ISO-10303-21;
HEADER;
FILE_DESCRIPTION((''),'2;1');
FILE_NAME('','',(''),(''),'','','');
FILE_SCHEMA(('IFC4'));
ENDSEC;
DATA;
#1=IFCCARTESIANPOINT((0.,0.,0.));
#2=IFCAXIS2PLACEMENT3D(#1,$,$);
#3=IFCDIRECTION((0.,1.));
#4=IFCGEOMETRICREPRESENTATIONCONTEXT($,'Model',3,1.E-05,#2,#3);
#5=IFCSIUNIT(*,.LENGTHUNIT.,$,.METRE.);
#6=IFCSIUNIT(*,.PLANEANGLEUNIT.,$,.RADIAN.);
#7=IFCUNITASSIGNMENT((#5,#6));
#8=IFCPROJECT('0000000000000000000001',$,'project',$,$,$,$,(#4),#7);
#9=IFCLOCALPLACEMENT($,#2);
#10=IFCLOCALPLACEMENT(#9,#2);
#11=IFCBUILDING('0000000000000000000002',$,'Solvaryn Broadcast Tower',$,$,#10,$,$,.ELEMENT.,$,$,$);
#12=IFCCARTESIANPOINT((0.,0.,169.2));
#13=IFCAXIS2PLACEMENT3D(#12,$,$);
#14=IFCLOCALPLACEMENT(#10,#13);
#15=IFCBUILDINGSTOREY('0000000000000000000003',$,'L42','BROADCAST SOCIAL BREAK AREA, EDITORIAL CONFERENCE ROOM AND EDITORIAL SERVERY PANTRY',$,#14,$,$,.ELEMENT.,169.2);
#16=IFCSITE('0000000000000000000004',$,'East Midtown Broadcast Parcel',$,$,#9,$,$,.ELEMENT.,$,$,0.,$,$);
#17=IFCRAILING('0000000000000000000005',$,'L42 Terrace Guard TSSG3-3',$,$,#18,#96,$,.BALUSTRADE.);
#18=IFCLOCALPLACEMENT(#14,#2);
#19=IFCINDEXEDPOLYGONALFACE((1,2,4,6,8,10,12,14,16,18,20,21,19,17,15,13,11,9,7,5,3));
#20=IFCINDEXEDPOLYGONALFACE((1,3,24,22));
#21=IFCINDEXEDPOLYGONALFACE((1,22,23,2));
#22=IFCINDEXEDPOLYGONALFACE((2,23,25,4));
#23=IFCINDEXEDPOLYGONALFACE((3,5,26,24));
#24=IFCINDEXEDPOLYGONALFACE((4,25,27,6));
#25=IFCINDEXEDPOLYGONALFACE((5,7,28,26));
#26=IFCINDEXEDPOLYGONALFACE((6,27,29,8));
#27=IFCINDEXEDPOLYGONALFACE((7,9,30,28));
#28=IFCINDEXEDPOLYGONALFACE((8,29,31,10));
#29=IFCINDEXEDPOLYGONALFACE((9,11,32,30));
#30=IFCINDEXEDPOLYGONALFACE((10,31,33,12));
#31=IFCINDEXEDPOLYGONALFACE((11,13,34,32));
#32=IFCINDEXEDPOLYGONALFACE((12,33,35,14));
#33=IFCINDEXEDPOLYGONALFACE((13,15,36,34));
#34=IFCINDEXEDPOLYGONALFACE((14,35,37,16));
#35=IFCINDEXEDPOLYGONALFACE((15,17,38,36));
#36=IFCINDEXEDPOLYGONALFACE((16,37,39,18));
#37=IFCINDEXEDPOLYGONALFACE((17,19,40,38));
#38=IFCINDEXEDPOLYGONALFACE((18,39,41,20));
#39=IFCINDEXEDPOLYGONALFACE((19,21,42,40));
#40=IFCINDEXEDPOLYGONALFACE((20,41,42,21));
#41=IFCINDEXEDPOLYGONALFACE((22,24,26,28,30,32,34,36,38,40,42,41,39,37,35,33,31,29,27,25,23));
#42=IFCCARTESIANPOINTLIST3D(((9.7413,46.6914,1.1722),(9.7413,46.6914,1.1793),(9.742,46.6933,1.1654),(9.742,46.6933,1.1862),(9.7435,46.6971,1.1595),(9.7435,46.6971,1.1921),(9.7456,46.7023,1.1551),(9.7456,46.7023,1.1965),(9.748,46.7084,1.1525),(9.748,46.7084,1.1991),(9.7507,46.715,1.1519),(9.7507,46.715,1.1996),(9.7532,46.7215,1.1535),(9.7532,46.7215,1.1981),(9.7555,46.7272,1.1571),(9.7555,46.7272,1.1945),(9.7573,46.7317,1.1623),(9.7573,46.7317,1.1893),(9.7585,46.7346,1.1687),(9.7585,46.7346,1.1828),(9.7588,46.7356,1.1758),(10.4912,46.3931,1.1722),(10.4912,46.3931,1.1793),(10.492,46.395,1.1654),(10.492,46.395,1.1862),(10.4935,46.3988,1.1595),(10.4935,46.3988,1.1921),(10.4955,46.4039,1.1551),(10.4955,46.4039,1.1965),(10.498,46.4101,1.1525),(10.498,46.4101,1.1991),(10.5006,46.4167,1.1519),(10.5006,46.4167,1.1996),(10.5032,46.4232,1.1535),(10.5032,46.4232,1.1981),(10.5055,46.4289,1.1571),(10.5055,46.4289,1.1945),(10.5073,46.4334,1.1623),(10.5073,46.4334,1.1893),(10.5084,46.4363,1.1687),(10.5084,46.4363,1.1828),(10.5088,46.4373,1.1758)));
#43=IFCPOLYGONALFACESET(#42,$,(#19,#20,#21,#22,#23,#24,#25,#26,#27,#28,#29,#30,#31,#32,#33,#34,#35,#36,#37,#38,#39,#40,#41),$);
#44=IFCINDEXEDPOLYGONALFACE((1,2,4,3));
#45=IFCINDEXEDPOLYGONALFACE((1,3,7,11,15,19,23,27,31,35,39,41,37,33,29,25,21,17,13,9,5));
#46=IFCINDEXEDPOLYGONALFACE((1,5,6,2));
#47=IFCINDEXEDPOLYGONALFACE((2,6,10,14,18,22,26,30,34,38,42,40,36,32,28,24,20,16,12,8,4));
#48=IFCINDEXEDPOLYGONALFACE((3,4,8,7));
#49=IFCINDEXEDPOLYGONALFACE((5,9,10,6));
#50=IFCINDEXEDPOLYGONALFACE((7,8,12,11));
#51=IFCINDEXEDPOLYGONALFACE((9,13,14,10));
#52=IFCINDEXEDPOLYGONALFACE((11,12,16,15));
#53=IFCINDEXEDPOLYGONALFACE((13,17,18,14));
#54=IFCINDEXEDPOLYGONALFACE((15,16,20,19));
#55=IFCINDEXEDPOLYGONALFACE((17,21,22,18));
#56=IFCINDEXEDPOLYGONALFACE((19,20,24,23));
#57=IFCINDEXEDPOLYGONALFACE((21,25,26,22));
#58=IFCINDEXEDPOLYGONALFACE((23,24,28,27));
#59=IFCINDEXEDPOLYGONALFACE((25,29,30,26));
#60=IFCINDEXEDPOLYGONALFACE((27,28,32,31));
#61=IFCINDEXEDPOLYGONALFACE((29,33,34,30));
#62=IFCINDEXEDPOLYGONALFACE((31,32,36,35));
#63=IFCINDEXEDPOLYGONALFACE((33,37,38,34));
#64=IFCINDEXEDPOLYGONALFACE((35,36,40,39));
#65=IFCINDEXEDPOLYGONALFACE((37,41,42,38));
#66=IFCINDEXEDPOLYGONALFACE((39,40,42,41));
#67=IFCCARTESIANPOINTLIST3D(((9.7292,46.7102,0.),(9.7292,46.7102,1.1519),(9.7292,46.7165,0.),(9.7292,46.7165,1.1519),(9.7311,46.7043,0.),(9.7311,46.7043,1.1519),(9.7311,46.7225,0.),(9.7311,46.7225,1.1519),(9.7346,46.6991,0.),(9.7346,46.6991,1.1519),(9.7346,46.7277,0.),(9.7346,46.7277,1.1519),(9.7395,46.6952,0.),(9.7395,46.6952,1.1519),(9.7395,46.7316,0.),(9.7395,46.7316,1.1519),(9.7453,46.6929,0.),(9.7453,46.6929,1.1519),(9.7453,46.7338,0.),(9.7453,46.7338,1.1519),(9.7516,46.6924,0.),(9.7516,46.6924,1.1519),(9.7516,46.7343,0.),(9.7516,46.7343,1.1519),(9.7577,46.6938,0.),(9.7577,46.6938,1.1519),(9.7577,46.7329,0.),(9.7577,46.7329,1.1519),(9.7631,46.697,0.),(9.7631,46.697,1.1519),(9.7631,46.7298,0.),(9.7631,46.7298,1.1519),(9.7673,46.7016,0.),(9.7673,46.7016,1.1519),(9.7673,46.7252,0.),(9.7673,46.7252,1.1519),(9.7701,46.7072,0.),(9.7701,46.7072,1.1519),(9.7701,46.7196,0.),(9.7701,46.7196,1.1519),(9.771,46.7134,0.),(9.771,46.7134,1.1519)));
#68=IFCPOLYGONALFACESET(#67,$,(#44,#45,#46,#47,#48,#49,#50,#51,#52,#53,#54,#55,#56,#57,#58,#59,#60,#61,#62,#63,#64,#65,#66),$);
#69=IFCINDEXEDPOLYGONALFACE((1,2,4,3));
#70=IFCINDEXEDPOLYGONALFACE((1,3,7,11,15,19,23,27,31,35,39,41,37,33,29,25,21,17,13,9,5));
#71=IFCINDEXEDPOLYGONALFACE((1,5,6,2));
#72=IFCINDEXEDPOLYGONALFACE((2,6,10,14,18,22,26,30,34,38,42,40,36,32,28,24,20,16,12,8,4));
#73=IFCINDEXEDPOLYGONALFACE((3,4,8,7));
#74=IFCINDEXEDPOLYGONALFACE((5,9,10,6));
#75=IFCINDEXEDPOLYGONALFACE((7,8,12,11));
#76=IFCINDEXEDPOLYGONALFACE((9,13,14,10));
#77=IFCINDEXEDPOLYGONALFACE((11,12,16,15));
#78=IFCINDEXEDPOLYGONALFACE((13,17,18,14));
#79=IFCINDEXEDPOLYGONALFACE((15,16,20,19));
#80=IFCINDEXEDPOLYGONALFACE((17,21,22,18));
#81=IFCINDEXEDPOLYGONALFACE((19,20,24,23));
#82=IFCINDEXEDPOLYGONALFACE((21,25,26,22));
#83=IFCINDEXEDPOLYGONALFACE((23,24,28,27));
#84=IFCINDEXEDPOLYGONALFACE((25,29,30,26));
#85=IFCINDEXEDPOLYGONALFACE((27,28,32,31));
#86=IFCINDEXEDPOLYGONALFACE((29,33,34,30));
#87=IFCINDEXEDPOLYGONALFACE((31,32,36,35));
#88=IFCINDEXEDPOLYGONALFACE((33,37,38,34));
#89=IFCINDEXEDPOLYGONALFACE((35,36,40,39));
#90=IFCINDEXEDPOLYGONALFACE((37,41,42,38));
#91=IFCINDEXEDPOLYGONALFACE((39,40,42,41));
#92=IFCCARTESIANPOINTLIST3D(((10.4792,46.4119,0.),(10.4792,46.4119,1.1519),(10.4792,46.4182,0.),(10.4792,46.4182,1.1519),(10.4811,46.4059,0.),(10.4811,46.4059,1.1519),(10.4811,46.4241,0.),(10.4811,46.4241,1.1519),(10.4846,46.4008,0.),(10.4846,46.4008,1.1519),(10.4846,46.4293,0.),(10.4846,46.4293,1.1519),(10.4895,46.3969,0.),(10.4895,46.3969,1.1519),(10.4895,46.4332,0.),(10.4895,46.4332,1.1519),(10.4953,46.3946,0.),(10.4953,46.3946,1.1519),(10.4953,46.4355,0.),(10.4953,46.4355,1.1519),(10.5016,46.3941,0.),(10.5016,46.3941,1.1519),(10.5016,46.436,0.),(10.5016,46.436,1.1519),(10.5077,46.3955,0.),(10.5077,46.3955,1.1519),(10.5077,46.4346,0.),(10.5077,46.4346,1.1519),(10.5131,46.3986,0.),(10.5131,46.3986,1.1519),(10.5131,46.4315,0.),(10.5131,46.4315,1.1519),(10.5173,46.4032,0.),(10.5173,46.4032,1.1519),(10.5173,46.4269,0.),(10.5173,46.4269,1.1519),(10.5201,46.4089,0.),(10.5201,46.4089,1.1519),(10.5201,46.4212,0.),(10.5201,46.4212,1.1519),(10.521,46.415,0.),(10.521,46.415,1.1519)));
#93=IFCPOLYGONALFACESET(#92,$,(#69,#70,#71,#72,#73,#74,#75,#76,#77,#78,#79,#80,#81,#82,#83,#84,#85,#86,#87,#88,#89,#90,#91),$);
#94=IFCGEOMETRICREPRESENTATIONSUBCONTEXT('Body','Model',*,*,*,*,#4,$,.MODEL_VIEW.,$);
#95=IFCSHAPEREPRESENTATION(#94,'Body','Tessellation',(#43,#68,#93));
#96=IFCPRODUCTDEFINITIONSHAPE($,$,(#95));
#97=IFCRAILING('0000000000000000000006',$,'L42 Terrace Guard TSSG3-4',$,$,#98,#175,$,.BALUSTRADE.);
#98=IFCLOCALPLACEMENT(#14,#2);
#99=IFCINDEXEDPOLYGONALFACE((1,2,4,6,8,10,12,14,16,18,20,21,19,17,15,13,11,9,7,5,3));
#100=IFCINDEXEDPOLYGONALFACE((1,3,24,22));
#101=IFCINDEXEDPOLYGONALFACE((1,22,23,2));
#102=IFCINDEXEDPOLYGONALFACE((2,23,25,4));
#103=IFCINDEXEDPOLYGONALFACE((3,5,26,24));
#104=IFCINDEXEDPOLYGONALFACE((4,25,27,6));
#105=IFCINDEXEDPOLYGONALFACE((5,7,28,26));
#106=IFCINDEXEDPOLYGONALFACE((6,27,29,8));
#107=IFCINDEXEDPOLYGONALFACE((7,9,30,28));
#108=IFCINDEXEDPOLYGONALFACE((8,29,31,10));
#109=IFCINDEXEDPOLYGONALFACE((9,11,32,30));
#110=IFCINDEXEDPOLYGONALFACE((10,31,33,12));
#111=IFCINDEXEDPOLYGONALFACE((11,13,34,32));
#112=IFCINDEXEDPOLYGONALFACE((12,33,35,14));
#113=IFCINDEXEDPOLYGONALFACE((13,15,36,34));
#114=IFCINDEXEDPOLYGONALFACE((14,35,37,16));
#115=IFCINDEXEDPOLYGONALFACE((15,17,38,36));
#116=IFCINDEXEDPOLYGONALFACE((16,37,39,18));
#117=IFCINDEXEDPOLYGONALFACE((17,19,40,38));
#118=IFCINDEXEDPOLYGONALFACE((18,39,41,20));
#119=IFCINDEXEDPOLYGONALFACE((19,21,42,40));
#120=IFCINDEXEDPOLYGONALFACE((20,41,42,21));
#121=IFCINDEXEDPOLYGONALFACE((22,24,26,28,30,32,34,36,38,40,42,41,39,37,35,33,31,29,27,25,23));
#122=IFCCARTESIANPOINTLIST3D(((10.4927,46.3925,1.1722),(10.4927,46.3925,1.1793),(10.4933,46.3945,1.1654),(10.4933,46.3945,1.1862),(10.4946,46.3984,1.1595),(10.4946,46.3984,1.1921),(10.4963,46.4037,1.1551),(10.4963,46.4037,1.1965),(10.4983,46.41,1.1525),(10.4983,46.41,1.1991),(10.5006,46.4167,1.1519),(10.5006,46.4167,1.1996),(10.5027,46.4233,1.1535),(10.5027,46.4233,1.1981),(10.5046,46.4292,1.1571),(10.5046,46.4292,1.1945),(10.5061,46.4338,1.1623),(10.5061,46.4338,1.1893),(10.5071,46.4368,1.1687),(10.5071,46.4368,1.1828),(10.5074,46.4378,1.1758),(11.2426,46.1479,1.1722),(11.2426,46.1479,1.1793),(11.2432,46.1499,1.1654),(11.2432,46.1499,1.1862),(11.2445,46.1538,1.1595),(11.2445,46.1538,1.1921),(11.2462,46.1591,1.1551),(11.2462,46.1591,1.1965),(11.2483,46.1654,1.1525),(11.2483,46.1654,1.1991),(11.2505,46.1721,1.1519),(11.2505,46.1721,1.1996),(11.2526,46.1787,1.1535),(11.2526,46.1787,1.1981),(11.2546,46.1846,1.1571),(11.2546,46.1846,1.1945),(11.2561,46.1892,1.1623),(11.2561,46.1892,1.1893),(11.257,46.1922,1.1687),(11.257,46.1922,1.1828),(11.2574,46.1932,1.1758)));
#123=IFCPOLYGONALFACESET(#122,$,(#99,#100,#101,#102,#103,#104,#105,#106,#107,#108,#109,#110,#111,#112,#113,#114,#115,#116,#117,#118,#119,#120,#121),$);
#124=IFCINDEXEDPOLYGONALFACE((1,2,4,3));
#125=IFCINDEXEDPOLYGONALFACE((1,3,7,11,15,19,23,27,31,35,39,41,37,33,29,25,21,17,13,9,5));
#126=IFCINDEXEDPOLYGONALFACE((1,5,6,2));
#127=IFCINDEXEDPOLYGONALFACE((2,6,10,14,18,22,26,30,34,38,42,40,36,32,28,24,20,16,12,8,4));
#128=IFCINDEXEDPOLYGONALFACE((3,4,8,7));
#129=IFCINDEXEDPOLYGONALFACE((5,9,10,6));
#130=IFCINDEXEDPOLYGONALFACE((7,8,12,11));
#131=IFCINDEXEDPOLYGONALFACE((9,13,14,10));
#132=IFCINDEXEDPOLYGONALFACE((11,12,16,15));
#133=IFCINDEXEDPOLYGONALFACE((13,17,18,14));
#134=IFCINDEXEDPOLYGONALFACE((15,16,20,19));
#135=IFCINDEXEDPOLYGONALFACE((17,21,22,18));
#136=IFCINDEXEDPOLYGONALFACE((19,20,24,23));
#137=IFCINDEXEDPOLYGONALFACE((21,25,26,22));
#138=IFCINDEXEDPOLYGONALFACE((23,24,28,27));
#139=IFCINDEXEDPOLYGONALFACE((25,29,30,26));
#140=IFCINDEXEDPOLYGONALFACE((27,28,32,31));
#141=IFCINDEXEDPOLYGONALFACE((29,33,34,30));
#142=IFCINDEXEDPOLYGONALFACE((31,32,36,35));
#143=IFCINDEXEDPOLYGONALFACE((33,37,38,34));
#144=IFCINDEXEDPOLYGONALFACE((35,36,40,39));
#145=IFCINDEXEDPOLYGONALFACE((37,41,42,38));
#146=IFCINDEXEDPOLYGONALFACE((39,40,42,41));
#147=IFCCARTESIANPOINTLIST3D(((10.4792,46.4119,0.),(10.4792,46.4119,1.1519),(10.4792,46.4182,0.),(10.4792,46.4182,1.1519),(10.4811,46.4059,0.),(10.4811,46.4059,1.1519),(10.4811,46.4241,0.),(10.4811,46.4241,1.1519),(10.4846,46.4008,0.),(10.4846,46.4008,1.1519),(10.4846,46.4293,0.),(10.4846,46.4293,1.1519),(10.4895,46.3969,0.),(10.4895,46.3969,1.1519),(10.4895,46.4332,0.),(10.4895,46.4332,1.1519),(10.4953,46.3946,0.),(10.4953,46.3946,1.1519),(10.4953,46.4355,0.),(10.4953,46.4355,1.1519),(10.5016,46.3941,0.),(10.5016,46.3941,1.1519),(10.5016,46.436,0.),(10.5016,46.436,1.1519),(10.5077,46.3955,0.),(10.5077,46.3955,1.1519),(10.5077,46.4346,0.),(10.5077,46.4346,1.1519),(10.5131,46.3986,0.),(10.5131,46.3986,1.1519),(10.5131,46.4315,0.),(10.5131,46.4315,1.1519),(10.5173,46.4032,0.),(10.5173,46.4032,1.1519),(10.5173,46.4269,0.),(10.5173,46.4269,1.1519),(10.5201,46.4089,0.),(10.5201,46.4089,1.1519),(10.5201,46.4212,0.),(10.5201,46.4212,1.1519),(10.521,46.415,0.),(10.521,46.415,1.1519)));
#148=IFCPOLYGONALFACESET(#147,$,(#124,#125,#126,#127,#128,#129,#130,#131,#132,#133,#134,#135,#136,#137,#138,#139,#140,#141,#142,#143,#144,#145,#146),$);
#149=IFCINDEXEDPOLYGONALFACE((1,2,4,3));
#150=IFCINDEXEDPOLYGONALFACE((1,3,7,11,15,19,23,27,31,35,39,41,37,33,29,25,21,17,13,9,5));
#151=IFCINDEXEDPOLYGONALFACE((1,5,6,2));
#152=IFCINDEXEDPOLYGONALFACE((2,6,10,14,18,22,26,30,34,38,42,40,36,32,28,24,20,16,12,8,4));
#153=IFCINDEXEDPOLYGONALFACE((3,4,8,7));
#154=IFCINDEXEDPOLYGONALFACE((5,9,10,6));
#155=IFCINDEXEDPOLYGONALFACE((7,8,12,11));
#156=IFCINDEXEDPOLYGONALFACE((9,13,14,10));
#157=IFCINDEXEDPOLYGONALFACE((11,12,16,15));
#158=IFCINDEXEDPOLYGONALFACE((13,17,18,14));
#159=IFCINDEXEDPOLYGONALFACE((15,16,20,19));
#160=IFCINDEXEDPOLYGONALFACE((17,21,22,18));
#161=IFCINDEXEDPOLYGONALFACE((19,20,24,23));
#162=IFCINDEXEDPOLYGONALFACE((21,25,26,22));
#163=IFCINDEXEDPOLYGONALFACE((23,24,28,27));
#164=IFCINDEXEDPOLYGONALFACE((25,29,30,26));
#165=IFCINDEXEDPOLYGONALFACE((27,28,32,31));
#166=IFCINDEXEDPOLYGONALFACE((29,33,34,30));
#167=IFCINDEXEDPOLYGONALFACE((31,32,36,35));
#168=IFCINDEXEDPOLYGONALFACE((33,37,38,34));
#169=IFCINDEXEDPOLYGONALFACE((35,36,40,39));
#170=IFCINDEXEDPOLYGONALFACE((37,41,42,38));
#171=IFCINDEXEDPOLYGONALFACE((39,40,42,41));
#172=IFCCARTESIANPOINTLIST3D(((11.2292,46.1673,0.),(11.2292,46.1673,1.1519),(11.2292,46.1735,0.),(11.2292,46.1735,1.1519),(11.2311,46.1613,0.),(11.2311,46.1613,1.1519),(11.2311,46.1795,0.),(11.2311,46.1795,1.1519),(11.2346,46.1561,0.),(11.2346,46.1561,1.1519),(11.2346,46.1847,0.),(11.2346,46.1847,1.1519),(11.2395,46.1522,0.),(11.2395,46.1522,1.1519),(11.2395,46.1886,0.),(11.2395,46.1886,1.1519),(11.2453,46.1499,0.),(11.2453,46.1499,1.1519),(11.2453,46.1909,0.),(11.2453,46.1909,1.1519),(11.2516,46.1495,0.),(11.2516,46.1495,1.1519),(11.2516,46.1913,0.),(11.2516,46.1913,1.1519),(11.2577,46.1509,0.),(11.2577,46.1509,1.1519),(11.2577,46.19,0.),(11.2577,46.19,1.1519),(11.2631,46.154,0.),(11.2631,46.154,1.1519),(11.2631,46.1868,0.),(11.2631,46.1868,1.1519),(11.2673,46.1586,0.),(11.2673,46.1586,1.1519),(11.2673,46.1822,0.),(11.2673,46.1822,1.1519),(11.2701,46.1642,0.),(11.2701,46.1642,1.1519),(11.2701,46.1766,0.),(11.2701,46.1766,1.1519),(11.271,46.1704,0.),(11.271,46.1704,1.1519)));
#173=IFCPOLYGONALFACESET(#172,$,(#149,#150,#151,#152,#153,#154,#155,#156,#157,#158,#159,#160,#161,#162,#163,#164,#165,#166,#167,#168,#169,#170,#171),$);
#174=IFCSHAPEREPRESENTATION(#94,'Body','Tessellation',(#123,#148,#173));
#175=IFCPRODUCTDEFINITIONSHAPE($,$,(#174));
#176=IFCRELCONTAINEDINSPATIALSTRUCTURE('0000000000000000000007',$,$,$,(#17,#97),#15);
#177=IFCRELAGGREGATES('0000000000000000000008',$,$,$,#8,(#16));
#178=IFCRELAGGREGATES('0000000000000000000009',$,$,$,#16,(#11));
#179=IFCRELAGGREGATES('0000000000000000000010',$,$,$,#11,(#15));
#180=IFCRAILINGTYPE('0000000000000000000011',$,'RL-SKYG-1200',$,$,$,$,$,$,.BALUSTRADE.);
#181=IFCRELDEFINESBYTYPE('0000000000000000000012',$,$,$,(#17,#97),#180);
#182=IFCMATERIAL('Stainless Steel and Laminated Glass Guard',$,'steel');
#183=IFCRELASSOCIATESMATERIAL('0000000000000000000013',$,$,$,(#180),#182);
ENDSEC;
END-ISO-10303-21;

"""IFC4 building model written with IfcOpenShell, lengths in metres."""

from ifc_helpers import new_model, si_unit, direction, frame, origin, origin_2d, place, context, subcontext, project, spatial, circle, extrude, material, type_object, element, save


model = new_model("IFC4")

# Units and contexts
model_context = context("Model", 3, precision=1e-05, world=origin(), true_north=direction((0.0, 1.0)))
body_context = subcontext(model_context, "Body", "Model", "MODEL_VIEW")
ifc_project = project(units=[si_unit("LENGTHUNIT", "METRE"), si_unit("PLANEANGLEUNIT", "RADIAN")], contexts=[model_context])

# Site, building, storey
site_placement = place(None, origin())
site = spatial("IfcSite", under=ifc_project, at=site_placement, Name="East Midtown Broadcast Parcel", CompositionType="ELEMENT", RefElevation=0.0)
building_placement = place(site_placement, origin())
building = spatial("IfcBuilding", under=site, at=building_placement, Name="Solvaryn Broadcast Tower", CompositionType="ELEMENT")
storey_placement = place(building_placement, frame((0.0, 0.0, 169.2)))
storey = spatial("IfcBuildingStorey", under=building, at=storey_placement, Name="L42", Description="BROADCAST SOCIAL BREAK AREA, EDITORIAL CONFERENCE ROOM AND EDITORIAL SERVERY PANTRY", CompositionType="ELEMENT", Elevation=169.2)

# Railings
ifc_material_1 = material(Name="Stainless Steel and Laminated Glass Guard", Category="steel")
railing_type = type_object("IfcRailingType", Name="RL-SKYG-1200", PredefinedType="BALUSTRADE", material=ifc_material_1)
railing_1_placement = place(storey_placement, frame((9.75, 46.7134, 0.0)))
element("IfcRailing", 1, at=railing_1_placement, inside=storey, type_object=railing_type, Name="L42 Terrace Guard TSSG3-3", PredefinedType="BALUSTRADE", context=body_context, shape_type="SweptSolid", body=[
    extrude(circle(Radius=0.0239, at=origin_2d()), frame((0.0, 0.0, 1.1758), z_axis=(0.929184, -0.369617, 0.0), x_axis=(0.369617, 0.929184, 0.0)), (0.0, 0.0, 1.0), 0.8071),
    extrude(circle(Radius=0.021, at=origin_2d()), origin(), (0.0, 0.0, 1.0), 1.1519),
    extrude(circle(Radius=0.021, at=origin_2d()), frame((0.75, -0.2983, 0.0)), (0.0, 0.0, 1.0), 1.1519),
])
railing_2_placement = place(storey_placement, frame((10.5, 46.415, 0.0)))
element("IfcRailing", 2, at=railing_2_placement, inside=storey, type_object=railing_type, Name="L42 Terrace Guard TSSG3-4", PredefinedType="BALUSTRADE", context=body_context, shape_type="SweptSolid", body=[
    extrude(circle(Radius=0.0239, at=origin_2d()), frame((0.0, 0.0, 1.1758), z_axis=(0.950706, -0.310094, 0.0), x_axis=(0.310094, 0.950706, 0.0)), (0.0, 0.0, 1.0), 0.7888),
    extrude(circle(Radius=0.021, at=origin_2d()), origin(), (0.0, 0.0, 1.0), 1.1519),
    extrude(circle(Radius=0.021, at=origin_2d()), frame((0.75, -0.2446, 0.0)), (0.0, 0.0, 1.0), 1.1519),
])

save(model, "model.ifc")
